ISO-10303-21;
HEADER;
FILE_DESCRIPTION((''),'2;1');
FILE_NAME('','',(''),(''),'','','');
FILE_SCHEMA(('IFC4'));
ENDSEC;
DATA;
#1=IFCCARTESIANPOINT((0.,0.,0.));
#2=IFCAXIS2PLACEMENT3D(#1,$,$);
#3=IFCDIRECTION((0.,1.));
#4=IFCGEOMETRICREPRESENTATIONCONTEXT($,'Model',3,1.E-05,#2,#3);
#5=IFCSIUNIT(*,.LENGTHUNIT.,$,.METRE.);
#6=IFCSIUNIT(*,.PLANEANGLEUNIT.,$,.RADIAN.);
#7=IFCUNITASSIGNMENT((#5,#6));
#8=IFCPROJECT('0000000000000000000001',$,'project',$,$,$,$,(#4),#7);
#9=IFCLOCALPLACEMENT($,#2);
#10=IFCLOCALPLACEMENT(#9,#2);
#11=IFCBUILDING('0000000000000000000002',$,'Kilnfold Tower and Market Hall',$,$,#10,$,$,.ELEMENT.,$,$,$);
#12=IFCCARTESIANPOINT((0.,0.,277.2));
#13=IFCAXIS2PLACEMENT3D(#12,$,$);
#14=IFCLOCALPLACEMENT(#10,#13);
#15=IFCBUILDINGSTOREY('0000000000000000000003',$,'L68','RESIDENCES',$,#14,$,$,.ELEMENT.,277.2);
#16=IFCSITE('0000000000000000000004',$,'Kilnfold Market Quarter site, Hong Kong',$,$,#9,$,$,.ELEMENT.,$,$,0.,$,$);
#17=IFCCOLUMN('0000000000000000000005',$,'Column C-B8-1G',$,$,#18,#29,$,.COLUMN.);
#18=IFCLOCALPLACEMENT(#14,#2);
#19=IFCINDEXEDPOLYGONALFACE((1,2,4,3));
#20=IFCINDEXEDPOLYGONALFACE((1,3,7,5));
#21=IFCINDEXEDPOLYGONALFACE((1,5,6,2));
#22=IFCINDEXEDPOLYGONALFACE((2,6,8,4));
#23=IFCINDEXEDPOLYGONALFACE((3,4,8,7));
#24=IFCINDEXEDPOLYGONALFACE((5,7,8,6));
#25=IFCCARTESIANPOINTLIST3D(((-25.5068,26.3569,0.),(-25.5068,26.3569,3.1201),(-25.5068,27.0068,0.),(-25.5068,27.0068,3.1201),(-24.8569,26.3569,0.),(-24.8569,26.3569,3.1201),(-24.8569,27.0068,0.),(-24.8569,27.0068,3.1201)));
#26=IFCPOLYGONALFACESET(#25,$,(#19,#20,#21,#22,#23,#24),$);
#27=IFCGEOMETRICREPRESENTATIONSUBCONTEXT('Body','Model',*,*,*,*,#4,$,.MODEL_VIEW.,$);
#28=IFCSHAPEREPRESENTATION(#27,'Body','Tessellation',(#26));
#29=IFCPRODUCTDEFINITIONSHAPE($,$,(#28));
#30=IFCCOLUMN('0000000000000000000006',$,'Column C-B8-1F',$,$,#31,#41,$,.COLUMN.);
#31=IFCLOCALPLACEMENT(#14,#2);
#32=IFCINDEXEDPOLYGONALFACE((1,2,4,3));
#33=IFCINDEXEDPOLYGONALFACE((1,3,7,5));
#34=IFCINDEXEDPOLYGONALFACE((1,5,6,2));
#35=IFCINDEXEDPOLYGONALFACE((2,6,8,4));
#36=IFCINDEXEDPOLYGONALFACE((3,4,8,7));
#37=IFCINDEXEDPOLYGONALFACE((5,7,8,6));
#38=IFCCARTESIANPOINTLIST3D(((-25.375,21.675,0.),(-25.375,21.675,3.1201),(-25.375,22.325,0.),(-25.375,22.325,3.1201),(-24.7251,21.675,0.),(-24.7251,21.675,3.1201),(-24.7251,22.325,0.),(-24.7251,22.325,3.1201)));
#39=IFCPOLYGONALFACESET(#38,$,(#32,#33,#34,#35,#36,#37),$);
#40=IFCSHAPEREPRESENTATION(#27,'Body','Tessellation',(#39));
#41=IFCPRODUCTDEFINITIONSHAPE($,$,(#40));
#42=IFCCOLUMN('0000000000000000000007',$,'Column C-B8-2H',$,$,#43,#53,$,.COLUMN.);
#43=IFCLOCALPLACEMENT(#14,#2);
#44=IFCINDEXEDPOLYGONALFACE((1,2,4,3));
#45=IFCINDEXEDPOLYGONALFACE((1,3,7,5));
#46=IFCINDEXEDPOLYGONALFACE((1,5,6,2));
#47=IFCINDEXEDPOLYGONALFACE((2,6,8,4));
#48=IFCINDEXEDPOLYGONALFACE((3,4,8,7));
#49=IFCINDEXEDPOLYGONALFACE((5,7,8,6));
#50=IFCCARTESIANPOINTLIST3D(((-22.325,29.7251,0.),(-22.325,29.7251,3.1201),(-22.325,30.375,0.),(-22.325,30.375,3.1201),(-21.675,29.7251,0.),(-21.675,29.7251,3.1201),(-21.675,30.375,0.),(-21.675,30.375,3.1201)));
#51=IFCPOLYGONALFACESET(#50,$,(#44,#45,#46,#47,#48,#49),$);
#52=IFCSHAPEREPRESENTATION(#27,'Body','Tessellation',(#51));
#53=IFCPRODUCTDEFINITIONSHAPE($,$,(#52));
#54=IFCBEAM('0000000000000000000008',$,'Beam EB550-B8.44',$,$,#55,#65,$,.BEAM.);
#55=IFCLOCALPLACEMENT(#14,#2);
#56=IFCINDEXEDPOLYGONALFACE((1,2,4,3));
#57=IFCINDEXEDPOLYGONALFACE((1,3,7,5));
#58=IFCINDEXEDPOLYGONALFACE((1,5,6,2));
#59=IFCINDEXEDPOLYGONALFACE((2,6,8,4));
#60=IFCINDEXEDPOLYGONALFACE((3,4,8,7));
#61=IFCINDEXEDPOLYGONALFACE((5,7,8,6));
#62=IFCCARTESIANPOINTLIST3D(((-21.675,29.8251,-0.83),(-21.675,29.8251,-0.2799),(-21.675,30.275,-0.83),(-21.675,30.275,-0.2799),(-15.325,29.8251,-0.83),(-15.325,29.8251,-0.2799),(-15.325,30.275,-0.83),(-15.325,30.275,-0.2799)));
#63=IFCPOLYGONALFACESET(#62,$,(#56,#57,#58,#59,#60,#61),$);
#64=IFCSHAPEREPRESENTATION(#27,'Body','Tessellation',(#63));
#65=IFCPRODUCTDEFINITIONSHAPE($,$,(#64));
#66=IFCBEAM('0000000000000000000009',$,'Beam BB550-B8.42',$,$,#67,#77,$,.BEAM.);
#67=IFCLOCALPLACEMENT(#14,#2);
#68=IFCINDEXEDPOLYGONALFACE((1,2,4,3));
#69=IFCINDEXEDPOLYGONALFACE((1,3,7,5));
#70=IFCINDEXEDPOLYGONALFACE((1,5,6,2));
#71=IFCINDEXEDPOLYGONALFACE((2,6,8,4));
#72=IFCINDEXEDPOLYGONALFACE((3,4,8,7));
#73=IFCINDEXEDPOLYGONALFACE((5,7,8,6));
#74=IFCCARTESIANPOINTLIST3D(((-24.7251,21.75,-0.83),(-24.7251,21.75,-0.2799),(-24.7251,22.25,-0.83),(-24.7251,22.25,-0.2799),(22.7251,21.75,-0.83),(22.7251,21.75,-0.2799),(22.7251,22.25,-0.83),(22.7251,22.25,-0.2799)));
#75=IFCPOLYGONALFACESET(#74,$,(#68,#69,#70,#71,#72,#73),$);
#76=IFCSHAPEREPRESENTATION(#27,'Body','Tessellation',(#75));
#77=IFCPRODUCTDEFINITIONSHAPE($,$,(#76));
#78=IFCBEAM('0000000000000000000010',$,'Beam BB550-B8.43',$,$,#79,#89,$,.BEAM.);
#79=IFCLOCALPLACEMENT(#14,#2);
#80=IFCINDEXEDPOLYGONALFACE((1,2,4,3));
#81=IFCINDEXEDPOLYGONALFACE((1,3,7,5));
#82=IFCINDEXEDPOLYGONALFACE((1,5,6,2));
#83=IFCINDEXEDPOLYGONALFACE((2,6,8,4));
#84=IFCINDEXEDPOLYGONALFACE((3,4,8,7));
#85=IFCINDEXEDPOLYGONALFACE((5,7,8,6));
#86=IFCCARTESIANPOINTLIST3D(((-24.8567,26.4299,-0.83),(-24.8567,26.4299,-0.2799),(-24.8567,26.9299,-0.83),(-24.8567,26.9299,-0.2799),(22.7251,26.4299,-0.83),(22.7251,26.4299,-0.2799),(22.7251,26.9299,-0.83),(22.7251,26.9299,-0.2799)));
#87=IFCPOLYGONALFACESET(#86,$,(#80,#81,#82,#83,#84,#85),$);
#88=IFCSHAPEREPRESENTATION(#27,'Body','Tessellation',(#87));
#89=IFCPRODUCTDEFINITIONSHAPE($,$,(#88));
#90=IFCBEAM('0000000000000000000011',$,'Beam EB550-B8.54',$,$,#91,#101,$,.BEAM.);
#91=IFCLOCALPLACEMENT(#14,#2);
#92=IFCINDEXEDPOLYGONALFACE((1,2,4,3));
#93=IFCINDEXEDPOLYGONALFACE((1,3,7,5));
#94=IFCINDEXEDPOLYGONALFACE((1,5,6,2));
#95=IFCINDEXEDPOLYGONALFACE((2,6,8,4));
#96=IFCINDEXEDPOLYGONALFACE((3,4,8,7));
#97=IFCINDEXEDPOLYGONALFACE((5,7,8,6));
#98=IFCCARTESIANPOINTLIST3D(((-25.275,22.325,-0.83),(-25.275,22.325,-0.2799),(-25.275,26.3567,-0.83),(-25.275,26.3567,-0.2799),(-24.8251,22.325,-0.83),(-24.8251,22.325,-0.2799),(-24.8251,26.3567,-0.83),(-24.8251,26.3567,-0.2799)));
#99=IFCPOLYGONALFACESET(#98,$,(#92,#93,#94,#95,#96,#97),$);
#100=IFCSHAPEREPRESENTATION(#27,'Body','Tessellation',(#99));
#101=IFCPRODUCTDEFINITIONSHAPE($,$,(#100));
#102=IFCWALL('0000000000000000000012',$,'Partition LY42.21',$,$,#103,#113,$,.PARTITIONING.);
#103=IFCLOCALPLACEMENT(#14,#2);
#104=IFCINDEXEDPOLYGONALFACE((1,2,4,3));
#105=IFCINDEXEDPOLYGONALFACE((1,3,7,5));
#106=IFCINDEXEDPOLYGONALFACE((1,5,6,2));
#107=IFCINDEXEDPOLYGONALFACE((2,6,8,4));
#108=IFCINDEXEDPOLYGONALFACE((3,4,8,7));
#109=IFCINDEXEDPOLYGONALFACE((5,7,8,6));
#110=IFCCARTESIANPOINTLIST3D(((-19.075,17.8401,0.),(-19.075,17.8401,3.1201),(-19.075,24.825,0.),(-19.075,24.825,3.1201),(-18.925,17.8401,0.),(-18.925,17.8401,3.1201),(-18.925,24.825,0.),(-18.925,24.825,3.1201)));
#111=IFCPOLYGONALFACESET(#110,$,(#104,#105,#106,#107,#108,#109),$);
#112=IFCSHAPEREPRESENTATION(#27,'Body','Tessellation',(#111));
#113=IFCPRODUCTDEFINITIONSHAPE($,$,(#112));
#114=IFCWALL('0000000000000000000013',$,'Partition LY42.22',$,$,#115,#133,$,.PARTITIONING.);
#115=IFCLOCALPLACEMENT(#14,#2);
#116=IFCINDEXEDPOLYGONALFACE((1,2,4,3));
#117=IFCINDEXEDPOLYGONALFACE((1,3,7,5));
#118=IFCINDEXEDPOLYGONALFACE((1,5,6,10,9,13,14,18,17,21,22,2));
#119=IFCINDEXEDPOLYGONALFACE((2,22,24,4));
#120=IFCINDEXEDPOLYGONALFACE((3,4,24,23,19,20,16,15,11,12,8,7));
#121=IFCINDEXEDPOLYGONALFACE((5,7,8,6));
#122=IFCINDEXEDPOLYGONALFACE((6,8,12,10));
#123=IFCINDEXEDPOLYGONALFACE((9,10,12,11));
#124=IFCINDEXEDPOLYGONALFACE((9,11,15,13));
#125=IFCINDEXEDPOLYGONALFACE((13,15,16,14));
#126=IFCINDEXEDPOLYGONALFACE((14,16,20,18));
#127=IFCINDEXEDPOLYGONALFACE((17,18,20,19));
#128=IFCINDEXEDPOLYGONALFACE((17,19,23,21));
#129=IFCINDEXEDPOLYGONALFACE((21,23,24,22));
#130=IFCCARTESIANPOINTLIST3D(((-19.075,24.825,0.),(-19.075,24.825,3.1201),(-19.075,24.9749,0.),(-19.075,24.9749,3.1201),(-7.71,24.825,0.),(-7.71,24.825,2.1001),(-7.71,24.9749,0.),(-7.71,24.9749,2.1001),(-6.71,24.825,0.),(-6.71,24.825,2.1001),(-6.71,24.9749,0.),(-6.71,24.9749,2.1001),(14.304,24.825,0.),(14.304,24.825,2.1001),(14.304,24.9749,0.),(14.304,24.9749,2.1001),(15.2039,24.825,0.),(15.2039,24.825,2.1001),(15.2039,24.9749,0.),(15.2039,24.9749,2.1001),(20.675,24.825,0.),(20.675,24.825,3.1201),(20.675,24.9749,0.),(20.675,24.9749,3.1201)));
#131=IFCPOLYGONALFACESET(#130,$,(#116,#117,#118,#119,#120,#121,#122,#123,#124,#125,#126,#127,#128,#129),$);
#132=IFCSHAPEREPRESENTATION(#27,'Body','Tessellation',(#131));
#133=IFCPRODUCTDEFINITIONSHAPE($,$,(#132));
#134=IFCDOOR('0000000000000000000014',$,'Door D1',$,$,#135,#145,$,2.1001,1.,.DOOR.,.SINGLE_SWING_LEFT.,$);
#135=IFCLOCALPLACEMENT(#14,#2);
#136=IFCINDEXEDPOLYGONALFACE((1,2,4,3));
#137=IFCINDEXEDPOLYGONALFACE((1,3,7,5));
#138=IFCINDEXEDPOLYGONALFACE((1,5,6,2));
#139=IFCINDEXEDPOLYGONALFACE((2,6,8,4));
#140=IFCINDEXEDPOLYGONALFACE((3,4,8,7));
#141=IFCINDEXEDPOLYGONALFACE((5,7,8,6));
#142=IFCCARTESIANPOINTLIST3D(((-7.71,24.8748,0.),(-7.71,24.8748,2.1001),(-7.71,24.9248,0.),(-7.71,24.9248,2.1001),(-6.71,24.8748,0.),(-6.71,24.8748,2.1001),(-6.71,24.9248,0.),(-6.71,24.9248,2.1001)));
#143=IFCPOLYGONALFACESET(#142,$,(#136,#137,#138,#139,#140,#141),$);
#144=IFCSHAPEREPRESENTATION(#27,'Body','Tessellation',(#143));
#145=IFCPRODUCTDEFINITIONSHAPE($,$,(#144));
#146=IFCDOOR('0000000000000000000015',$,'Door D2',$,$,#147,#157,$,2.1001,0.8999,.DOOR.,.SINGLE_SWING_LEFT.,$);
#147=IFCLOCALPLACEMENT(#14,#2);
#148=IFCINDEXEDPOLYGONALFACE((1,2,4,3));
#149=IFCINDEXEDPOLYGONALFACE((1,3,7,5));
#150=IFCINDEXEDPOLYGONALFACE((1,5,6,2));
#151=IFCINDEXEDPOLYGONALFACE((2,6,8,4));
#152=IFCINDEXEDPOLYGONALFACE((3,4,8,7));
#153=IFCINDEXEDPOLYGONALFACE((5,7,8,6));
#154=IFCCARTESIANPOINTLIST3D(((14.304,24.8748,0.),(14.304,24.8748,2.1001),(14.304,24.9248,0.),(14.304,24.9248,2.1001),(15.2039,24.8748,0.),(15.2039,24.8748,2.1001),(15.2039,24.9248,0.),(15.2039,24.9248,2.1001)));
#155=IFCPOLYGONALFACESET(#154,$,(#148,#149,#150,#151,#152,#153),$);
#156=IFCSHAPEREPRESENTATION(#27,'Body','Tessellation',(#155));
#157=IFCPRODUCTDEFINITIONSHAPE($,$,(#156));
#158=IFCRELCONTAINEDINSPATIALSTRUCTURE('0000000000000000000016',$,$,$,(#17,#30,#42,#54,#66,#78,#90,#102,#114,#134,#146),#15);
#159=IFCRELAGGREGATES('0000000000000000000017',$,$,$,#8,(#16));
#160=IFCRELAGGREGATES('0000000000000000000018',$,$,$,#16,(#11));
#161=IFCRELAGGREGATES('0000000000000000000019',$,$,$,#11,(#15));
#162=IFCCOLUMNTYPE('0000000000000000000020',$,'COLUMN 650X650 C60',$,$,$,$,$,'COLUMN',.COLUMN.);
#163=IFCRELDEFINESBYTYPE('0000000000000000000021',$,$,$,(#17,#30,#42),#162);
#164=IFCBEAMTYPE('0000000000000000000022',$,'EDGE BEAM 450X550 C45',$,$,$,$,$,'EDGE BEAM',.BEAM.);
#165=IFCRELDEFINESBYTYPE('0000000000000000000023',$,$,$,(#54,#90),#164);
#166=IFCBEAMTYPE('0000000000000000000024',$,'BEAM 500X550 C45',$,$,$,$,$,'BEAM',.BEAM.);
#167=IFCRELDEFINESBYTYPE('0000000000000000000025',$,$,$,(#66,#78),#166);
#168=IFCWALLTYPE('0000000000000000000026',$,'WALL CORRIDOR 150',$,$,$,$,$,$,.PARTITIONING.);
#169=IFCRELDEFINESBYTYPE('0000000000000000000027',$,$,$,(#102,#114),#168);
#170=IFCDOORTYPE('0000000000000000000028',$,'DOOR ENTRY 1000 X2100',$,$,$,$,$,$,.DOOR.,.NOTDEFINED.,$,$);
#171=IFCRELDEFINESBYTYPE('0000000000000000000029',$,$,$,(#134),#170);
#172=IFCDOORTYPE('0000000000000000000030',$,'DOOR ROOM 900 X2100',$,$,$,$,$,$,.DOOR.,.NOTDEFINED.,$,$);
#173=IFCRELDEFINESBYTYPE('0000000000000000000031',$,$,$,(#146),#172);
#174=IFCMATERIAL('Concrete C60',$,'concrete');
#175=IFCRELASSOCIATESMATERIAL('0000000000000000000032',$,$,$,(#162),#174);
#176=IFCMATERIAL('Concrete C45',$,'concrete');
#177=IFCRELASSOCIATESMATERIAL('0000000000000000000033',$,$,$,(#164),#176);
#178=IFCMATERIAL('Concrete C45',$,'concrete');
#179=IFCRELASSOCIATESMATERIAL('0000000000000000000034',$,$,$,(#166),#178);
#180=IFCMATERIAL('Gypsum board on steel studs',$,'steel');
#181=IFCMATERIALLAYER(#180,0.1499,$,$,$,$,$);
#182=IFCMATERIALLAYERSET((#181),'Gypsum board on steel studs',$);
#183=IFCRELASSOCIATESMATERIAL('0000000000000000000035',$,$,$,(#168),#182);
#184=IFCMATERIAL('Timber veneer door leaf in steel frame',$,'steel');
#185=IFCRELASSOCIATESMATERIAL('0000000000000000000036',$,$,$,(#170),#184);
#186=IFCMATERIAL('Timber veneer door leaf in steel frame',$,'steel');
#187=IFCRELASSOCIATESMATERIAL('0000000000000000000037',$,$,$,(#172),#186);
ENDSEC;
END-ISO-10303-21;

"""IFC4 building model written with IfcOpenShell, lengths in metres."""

from ifc_helpers import new_model, si_unit, direction, frame, frame_2d, origin, origin_2d, place, context, subcontext, project, spatial, rectangle, extrude, source, transform, mapped, material, layer, layer_set, material_profile, profile_set, type_object, element, fill, save


model = new_model("IFC4")

# Units and contexts
model_context = context("Model", 3, precision=1e-05, world=origin(), true_north=direction((0.0, 1.0)))
body_context = subcontext(model_context, "Body", "Model", "MODEL_VIEW")
ifc_project = project(units=[si_unit("LENGTHUNIT", "METRE"), si_unit("PLANEANGLEUNIT", "RADIAN")], contexts=[model_context])

# Site, building, storey
site_placement = place(None, origin())
site = spatial("IfcSite", under=ifc_project, at=site_placement, Name="Kilnfold Market Quarter site, Hong Kong", CompositionType="ELEMENT", RefElevation=0.0)
building_placement = place(site_placement, origin())
building = spatial("IfcBuilding", under=site, at=building_placement, Name="Kilnfold Tower and Market Hall", CompositionType="ELEMENT")
storey_placement = place(building_placement, frame((0.0, 0.0, 277.2)))
storey = spatial("IfcBuildingStorey", under=building, at=storey_placement, Name="L68", Description="RESIDENCES", CompositionType="ELEMENT", Elevation=277.2)

# Columns
ifc_material_1 = material(Name="Concrete C60", Category="concrete")
ifc_material_profile_1 = material_profile(ifc_material_1, rectangle(XDim=0.6499, YDim=0.6499, at=origin_2d()), Name="RC 650x650")
ifc_profile_set_1 = profile_set([ifc_material_profile_1], Name="Concrete C60")
column_type = type_object("IfcColumnType", Name="COLUMN 650X650 C60", ElementType="COLUMN", PredefinedType="COLUMN", material=ifc_profile_set_1)
shared_shape_1 = source(origin(), body_context, "Body", "SweptSolid", [
    extrude(rectangle(XDim=0.6499, YDim=0.6499, at=origin_2d()), origin(), (0.0, 0.0, 1.0), 3.1201),
])
for number, where, z_axis, x_axis, name in (
    (1, (-25.1819, 26.6819, 0.0), (0.0, 0.0, 1.0), (1.0, 0.0, 0.0), "Column C-B8-1G"),
    (2, (-25.05, 22.0, 0.0), (0.0, 0.0, 1.0), (1.0, 0.0, 0.0), "Column C-B8-1F"),
    (3, (-22.0, 30.05, 0.0), (0.0, 0.0, 1.0), (1.0, 0.0, 0.0), "Column C-B8-2H"),
):
    element("IfcColumn", number, at=place(storey_placement, frame(where, z_axis=z_axis, x_axis=x_axis)), inside=storey, type_object=column_type, Name=name, PredefinedType="COLUMN", context=body_context, shape_type="MappedRepresentation", body=[
        mapped(shared_shape_1, transform((0.0, 0.0, 0.0))),
    ])

# Beams
ifc_material_2 = material(Name="Concrete C45", Category="concrete")
ifc_material_profile_2 = material_profile(ifc_material_2, rectangle(XDim=0.45, YDim=0.55, at=origin_2d()), Name="RC 450x550")
ifc_profile_set_2 = profile_set([ifc_material_profile_2], Name="Concrete C45")
beam_type_1 = type_object("IfcBeamType", Name="EDGE BEAM 450X550 C45", ElementType="EDGE BEAM", PredefinedType="BEAM", material=ifc_profile_set_2)
shared_shape_2 = source(origin(), body_context, "Body", "SweptSolid", [
    extrude(rectangle(XDim=0.45, YDim=0.55, at=origin_2d()), origin(), (0.0, 0.0, 1.0), 6.3501),
])
beam_1_placement = place(storey_placement, frame((-21.675, 30.05, -0.5549), z_axis=(1.0, 0.0, 0.0), x_axis=(0.0, 1.0, 0.0)))
element("IfcBeam", 4, at=beam_1_placement, inside=storey, type_object=beam_type_1, Name="Beam EB550-B8.44", PredefinedType="BEAM", context=body_context, shape_type="MappedRepresentation", body=[
    mapped(shared_shape_2, transform((0.0, 0.0, 0.0))),
])
ifc_material_3 = material(Name="Concrete C45", Category="concrete")
ifc_material_profile_3 = material_profile(ifc_material_3, rectangle(XDim=0.5, YDim=0.55, at=origin_2d()), Name="RC 500x550")
ifc_profile_set_3 = profile_set([ifc_material_profile_3], Name="Concrete C45")
beam_type_2 = type_object("IfcBeamType", Name="BEAM 500X550 C45", ElementType="BEAM", PredefinedType="BEAM", material=ifc_profile_set_3)
shared_shape_3 = source(origin(), body_context, "Body", "SweptSolid", [
    extrude(rectangle(XDim=0.5, YDim=0.55, at=origin_2d()), origin(), (0.0, 0.0, 1.0), 47.4502),
])
beam_2_placement = place(storey_placement, frame((-24.7251, 22.0, -0.5549), z_axis=(1.0, 0.0, 0.0), x_axis=(0.0, 1.0, 0.0)))
element("IfcBeam", 5, at=beam_2_placement, inside=storey, type_object=beam_type_2, Name="Beam BB550-B8.42", PredefinedType="BEAM", context=body_context, shape_type="MappedRepresentation", body=[
    mapped(shared_shape_3, transform((0.0, 0.0, 0.0))),
])
shared_shape_4 = source(origin(), body_context, "Body", "SweptSolid", [
    extrude(rectangle(XDim=0.5, YDim=0.55, at=origin_2d()), origin(), (0.0, 0.0, 1.0), 47.5818),
])
beam_3_placement = place(storey_placement, frame((-24.8567, 26.6799, -0.5549), z_axis=(1.0, 0.0, 0.0), x_axis=(0.0, 1.0, 0.0)))
element("IfcBeam", 6, at=beam_3_placement, inside=storey, type_object=beam_type_2, Name="Beam BB550-B8.43", PredefinedType="BEAM", context=body_context, shape_type="MappedRepresentation", body=[
    mapped(shared_shape_4, transform((0.0, 0.0, 0.0))),
])
shared_shape_5 = source(origin(), body_context, "Body", "SweptSolid", [
    extrude(rectangle(XDim=0.45, YDim=0.55, at=origin_2d()), origin(), (0.0, 0.0, 1.0), 4.0317),
])
beam_4_placement = place(storey_placement, frame((-25.05, 22.325, -0.5549), z_axis=(0.0, 1.0, 0.0), x_axis=(-1.0, 0.0, 0.0)))
element("IfcBeam", 7, at=beam_4_placement, inside=storey, type_object=beam_type_1, Name="Beam EB550-B8.54", PredefinedType="BEAM", context=body_context, shape_type="MappedRepresentation", body=[
    mapped(shared_shape_5, transform((0.0, 0.0, 0.0))),
])

# Wall
ifc_material_4 = material(Name="Gypsum board on steel studs", Category="steel")
ifc_layer_1 = layer(ifc_material_4, 0.1499)
ifc_layer_set_1 = layer_set([ifc_layer_1], Name="Gypsum board on steel studs")
wall_type_1 = type_object("IfcWallType", Name="WALL CORRIDOR 150", PredefinedType="PARTITIONING", material=ifc_layer_set_1)
wall_1_placement = place(storey_placement, frame((-19.0, 17.8401, 0.0), z_axis=(0.0, 0.0, 1.0), x_axis=(0.0, 1.0, 0.0)))
element("IfcWall", 8, at=wall_1_placement, inside=storey, type_object=wall_type_1, Name="Partition LY42.21", PredefinedType="PARTITIONING", context=body_context, shape_type="SweptSolid", body=[
    extrude(rectangle(XDim=6.9849, YDim=0.1499, at=frame_2d((3.4924, 0.0))), origin(), (0.0, 0.0, 1.0), 3.1201),
])

# Wall, openings, doors
wall_2_placement = place(storey_placement, frame((-19.075, 24.8999, 0.0), z_axis=(0.0, 0.0, 1.0), x_axis=(1.0, 0.0, 0.0)))
wall_2 = element("IfcWall", 9, at=wall_2_placement, inside=storey, type_object=wall_type_1, Name="Partition LY42.22", PredefinedType="PARTITIONING", context=body_context, shape_type="SweptSolid", body=[
    extrude(rectangle(XDim=39.75, YDim=0.1499, at=frame_2d((19.875, 0.0))), origin(), (0.0, 0.0, 1.0), 3.1201),
])
opening_1_placement = place(wall_2_placement, frame((11.365, 0.0, 0.0)))
opening_1 = element("IfcOpeningElement", 10, at=opening_1_placement, cuts=wall_2, PredefinedType="OPENING", context=body_context, shape_type="SweptSolid", body=[
    extrude(rectangle(XDim=1.0, YDim=2.1001, at=frame_2d((0.5, 1.05))), frame((0.0, 0.085, 0.0), z_axis=(0.0, -1.0, 0.0), x_axis=(1.0, 0.0, 0.0)), (0.0, 0.0, 1.0), 0.1699),
])
opening_2_placement = place(wall_2_placement, frame((33.3789, 0.0, 0.0)))
opening_2 = element("IfcOpeningElement", 11, at=opening_2_placement, cuts=wall_2, PredefinedType="OPENING", context=body_context, shape_type="SweptSolid", body=[
    extrude(rectangle(XDim=0.8999, YDim=2.1001, at=frame_2d((0.45, 1.05))), frame((0.0, 0.085, 0.0), z_axis=(0.0, -1.0, 0.0), x_axis=(1.0, 0.0, 0.0)), (0.0, 0.0, 1.0), 0.1699),
])
ifc_material_5 = material(Name="Timber veneer door leaf in steel frame", Category="steel")
door_type_1 = type_object("IfcDoorType", Name="DOOR ENTRY 1000 X2100", OperationType="NOTDEFINED", PredefinedType="DOOR", material=ifc_material_5)
door_1_placement = place(opening_1_placement, origin())
door_1 = element("IfcDoor", 12, at=door_1_placement, inside=storey, type_object=door_type_1, Name="Door D1", OperationType="SINGLE_SWING_LEFT", OverallHeight=2.1001, OverallWidth=1.0, PredefinedType="DOOR", context=body_context, shape_type="SweptSolid", body=[
    extrude(rectangle(XDim=1.0, YDim=2.1001, at=frame_2d((0.5, 1.05))), frame((0.0, 0.0249, 0.0), z_axis=(0.0, -1.0, 0.0), x_axis=(1.0, 0.0, 0.0)), (0.0, 0.0, 1.0), 0.05),
])
fill(opening_1, door_1)
ifc_material_6 = material(Name="Timber veneer door leaf in steel frame", Category="steel")
door_type_2 = type_object("IfcDoorType", Name="DOOR ROOM 900 X2100", OperationType="NOTDEFINED", PredefinedType="DOOR", material=ifc_material_6)
door_2_placement = place(opening_2_placement, origin())
door_2 = element("IfcDoor", 13, at=door_2_placement, inside=storey, type_object=door_type_2, Name="Door D2", OperationType="SINGLE_SWING_LEFT", OverallHeight=2.1001, OverallWidth=0.8999, PredefinedType="DOOR", context=body_context, shape_type="SweptSolid", body=[
    extrude(rectangle(XDim=0.8999, YDim=2.1001, at=frame_2d((0.45, 1.05))), frame((0.0, 0.0249, 0.0), z_axis=(0.0, -1.0, 0.0), x_axis=(1.0, 0.0, 0.0)), (0.0, 0.0, 1.0), 0.05),
])
fill(opening_2, door_2)

save(model, "model.ifc")
